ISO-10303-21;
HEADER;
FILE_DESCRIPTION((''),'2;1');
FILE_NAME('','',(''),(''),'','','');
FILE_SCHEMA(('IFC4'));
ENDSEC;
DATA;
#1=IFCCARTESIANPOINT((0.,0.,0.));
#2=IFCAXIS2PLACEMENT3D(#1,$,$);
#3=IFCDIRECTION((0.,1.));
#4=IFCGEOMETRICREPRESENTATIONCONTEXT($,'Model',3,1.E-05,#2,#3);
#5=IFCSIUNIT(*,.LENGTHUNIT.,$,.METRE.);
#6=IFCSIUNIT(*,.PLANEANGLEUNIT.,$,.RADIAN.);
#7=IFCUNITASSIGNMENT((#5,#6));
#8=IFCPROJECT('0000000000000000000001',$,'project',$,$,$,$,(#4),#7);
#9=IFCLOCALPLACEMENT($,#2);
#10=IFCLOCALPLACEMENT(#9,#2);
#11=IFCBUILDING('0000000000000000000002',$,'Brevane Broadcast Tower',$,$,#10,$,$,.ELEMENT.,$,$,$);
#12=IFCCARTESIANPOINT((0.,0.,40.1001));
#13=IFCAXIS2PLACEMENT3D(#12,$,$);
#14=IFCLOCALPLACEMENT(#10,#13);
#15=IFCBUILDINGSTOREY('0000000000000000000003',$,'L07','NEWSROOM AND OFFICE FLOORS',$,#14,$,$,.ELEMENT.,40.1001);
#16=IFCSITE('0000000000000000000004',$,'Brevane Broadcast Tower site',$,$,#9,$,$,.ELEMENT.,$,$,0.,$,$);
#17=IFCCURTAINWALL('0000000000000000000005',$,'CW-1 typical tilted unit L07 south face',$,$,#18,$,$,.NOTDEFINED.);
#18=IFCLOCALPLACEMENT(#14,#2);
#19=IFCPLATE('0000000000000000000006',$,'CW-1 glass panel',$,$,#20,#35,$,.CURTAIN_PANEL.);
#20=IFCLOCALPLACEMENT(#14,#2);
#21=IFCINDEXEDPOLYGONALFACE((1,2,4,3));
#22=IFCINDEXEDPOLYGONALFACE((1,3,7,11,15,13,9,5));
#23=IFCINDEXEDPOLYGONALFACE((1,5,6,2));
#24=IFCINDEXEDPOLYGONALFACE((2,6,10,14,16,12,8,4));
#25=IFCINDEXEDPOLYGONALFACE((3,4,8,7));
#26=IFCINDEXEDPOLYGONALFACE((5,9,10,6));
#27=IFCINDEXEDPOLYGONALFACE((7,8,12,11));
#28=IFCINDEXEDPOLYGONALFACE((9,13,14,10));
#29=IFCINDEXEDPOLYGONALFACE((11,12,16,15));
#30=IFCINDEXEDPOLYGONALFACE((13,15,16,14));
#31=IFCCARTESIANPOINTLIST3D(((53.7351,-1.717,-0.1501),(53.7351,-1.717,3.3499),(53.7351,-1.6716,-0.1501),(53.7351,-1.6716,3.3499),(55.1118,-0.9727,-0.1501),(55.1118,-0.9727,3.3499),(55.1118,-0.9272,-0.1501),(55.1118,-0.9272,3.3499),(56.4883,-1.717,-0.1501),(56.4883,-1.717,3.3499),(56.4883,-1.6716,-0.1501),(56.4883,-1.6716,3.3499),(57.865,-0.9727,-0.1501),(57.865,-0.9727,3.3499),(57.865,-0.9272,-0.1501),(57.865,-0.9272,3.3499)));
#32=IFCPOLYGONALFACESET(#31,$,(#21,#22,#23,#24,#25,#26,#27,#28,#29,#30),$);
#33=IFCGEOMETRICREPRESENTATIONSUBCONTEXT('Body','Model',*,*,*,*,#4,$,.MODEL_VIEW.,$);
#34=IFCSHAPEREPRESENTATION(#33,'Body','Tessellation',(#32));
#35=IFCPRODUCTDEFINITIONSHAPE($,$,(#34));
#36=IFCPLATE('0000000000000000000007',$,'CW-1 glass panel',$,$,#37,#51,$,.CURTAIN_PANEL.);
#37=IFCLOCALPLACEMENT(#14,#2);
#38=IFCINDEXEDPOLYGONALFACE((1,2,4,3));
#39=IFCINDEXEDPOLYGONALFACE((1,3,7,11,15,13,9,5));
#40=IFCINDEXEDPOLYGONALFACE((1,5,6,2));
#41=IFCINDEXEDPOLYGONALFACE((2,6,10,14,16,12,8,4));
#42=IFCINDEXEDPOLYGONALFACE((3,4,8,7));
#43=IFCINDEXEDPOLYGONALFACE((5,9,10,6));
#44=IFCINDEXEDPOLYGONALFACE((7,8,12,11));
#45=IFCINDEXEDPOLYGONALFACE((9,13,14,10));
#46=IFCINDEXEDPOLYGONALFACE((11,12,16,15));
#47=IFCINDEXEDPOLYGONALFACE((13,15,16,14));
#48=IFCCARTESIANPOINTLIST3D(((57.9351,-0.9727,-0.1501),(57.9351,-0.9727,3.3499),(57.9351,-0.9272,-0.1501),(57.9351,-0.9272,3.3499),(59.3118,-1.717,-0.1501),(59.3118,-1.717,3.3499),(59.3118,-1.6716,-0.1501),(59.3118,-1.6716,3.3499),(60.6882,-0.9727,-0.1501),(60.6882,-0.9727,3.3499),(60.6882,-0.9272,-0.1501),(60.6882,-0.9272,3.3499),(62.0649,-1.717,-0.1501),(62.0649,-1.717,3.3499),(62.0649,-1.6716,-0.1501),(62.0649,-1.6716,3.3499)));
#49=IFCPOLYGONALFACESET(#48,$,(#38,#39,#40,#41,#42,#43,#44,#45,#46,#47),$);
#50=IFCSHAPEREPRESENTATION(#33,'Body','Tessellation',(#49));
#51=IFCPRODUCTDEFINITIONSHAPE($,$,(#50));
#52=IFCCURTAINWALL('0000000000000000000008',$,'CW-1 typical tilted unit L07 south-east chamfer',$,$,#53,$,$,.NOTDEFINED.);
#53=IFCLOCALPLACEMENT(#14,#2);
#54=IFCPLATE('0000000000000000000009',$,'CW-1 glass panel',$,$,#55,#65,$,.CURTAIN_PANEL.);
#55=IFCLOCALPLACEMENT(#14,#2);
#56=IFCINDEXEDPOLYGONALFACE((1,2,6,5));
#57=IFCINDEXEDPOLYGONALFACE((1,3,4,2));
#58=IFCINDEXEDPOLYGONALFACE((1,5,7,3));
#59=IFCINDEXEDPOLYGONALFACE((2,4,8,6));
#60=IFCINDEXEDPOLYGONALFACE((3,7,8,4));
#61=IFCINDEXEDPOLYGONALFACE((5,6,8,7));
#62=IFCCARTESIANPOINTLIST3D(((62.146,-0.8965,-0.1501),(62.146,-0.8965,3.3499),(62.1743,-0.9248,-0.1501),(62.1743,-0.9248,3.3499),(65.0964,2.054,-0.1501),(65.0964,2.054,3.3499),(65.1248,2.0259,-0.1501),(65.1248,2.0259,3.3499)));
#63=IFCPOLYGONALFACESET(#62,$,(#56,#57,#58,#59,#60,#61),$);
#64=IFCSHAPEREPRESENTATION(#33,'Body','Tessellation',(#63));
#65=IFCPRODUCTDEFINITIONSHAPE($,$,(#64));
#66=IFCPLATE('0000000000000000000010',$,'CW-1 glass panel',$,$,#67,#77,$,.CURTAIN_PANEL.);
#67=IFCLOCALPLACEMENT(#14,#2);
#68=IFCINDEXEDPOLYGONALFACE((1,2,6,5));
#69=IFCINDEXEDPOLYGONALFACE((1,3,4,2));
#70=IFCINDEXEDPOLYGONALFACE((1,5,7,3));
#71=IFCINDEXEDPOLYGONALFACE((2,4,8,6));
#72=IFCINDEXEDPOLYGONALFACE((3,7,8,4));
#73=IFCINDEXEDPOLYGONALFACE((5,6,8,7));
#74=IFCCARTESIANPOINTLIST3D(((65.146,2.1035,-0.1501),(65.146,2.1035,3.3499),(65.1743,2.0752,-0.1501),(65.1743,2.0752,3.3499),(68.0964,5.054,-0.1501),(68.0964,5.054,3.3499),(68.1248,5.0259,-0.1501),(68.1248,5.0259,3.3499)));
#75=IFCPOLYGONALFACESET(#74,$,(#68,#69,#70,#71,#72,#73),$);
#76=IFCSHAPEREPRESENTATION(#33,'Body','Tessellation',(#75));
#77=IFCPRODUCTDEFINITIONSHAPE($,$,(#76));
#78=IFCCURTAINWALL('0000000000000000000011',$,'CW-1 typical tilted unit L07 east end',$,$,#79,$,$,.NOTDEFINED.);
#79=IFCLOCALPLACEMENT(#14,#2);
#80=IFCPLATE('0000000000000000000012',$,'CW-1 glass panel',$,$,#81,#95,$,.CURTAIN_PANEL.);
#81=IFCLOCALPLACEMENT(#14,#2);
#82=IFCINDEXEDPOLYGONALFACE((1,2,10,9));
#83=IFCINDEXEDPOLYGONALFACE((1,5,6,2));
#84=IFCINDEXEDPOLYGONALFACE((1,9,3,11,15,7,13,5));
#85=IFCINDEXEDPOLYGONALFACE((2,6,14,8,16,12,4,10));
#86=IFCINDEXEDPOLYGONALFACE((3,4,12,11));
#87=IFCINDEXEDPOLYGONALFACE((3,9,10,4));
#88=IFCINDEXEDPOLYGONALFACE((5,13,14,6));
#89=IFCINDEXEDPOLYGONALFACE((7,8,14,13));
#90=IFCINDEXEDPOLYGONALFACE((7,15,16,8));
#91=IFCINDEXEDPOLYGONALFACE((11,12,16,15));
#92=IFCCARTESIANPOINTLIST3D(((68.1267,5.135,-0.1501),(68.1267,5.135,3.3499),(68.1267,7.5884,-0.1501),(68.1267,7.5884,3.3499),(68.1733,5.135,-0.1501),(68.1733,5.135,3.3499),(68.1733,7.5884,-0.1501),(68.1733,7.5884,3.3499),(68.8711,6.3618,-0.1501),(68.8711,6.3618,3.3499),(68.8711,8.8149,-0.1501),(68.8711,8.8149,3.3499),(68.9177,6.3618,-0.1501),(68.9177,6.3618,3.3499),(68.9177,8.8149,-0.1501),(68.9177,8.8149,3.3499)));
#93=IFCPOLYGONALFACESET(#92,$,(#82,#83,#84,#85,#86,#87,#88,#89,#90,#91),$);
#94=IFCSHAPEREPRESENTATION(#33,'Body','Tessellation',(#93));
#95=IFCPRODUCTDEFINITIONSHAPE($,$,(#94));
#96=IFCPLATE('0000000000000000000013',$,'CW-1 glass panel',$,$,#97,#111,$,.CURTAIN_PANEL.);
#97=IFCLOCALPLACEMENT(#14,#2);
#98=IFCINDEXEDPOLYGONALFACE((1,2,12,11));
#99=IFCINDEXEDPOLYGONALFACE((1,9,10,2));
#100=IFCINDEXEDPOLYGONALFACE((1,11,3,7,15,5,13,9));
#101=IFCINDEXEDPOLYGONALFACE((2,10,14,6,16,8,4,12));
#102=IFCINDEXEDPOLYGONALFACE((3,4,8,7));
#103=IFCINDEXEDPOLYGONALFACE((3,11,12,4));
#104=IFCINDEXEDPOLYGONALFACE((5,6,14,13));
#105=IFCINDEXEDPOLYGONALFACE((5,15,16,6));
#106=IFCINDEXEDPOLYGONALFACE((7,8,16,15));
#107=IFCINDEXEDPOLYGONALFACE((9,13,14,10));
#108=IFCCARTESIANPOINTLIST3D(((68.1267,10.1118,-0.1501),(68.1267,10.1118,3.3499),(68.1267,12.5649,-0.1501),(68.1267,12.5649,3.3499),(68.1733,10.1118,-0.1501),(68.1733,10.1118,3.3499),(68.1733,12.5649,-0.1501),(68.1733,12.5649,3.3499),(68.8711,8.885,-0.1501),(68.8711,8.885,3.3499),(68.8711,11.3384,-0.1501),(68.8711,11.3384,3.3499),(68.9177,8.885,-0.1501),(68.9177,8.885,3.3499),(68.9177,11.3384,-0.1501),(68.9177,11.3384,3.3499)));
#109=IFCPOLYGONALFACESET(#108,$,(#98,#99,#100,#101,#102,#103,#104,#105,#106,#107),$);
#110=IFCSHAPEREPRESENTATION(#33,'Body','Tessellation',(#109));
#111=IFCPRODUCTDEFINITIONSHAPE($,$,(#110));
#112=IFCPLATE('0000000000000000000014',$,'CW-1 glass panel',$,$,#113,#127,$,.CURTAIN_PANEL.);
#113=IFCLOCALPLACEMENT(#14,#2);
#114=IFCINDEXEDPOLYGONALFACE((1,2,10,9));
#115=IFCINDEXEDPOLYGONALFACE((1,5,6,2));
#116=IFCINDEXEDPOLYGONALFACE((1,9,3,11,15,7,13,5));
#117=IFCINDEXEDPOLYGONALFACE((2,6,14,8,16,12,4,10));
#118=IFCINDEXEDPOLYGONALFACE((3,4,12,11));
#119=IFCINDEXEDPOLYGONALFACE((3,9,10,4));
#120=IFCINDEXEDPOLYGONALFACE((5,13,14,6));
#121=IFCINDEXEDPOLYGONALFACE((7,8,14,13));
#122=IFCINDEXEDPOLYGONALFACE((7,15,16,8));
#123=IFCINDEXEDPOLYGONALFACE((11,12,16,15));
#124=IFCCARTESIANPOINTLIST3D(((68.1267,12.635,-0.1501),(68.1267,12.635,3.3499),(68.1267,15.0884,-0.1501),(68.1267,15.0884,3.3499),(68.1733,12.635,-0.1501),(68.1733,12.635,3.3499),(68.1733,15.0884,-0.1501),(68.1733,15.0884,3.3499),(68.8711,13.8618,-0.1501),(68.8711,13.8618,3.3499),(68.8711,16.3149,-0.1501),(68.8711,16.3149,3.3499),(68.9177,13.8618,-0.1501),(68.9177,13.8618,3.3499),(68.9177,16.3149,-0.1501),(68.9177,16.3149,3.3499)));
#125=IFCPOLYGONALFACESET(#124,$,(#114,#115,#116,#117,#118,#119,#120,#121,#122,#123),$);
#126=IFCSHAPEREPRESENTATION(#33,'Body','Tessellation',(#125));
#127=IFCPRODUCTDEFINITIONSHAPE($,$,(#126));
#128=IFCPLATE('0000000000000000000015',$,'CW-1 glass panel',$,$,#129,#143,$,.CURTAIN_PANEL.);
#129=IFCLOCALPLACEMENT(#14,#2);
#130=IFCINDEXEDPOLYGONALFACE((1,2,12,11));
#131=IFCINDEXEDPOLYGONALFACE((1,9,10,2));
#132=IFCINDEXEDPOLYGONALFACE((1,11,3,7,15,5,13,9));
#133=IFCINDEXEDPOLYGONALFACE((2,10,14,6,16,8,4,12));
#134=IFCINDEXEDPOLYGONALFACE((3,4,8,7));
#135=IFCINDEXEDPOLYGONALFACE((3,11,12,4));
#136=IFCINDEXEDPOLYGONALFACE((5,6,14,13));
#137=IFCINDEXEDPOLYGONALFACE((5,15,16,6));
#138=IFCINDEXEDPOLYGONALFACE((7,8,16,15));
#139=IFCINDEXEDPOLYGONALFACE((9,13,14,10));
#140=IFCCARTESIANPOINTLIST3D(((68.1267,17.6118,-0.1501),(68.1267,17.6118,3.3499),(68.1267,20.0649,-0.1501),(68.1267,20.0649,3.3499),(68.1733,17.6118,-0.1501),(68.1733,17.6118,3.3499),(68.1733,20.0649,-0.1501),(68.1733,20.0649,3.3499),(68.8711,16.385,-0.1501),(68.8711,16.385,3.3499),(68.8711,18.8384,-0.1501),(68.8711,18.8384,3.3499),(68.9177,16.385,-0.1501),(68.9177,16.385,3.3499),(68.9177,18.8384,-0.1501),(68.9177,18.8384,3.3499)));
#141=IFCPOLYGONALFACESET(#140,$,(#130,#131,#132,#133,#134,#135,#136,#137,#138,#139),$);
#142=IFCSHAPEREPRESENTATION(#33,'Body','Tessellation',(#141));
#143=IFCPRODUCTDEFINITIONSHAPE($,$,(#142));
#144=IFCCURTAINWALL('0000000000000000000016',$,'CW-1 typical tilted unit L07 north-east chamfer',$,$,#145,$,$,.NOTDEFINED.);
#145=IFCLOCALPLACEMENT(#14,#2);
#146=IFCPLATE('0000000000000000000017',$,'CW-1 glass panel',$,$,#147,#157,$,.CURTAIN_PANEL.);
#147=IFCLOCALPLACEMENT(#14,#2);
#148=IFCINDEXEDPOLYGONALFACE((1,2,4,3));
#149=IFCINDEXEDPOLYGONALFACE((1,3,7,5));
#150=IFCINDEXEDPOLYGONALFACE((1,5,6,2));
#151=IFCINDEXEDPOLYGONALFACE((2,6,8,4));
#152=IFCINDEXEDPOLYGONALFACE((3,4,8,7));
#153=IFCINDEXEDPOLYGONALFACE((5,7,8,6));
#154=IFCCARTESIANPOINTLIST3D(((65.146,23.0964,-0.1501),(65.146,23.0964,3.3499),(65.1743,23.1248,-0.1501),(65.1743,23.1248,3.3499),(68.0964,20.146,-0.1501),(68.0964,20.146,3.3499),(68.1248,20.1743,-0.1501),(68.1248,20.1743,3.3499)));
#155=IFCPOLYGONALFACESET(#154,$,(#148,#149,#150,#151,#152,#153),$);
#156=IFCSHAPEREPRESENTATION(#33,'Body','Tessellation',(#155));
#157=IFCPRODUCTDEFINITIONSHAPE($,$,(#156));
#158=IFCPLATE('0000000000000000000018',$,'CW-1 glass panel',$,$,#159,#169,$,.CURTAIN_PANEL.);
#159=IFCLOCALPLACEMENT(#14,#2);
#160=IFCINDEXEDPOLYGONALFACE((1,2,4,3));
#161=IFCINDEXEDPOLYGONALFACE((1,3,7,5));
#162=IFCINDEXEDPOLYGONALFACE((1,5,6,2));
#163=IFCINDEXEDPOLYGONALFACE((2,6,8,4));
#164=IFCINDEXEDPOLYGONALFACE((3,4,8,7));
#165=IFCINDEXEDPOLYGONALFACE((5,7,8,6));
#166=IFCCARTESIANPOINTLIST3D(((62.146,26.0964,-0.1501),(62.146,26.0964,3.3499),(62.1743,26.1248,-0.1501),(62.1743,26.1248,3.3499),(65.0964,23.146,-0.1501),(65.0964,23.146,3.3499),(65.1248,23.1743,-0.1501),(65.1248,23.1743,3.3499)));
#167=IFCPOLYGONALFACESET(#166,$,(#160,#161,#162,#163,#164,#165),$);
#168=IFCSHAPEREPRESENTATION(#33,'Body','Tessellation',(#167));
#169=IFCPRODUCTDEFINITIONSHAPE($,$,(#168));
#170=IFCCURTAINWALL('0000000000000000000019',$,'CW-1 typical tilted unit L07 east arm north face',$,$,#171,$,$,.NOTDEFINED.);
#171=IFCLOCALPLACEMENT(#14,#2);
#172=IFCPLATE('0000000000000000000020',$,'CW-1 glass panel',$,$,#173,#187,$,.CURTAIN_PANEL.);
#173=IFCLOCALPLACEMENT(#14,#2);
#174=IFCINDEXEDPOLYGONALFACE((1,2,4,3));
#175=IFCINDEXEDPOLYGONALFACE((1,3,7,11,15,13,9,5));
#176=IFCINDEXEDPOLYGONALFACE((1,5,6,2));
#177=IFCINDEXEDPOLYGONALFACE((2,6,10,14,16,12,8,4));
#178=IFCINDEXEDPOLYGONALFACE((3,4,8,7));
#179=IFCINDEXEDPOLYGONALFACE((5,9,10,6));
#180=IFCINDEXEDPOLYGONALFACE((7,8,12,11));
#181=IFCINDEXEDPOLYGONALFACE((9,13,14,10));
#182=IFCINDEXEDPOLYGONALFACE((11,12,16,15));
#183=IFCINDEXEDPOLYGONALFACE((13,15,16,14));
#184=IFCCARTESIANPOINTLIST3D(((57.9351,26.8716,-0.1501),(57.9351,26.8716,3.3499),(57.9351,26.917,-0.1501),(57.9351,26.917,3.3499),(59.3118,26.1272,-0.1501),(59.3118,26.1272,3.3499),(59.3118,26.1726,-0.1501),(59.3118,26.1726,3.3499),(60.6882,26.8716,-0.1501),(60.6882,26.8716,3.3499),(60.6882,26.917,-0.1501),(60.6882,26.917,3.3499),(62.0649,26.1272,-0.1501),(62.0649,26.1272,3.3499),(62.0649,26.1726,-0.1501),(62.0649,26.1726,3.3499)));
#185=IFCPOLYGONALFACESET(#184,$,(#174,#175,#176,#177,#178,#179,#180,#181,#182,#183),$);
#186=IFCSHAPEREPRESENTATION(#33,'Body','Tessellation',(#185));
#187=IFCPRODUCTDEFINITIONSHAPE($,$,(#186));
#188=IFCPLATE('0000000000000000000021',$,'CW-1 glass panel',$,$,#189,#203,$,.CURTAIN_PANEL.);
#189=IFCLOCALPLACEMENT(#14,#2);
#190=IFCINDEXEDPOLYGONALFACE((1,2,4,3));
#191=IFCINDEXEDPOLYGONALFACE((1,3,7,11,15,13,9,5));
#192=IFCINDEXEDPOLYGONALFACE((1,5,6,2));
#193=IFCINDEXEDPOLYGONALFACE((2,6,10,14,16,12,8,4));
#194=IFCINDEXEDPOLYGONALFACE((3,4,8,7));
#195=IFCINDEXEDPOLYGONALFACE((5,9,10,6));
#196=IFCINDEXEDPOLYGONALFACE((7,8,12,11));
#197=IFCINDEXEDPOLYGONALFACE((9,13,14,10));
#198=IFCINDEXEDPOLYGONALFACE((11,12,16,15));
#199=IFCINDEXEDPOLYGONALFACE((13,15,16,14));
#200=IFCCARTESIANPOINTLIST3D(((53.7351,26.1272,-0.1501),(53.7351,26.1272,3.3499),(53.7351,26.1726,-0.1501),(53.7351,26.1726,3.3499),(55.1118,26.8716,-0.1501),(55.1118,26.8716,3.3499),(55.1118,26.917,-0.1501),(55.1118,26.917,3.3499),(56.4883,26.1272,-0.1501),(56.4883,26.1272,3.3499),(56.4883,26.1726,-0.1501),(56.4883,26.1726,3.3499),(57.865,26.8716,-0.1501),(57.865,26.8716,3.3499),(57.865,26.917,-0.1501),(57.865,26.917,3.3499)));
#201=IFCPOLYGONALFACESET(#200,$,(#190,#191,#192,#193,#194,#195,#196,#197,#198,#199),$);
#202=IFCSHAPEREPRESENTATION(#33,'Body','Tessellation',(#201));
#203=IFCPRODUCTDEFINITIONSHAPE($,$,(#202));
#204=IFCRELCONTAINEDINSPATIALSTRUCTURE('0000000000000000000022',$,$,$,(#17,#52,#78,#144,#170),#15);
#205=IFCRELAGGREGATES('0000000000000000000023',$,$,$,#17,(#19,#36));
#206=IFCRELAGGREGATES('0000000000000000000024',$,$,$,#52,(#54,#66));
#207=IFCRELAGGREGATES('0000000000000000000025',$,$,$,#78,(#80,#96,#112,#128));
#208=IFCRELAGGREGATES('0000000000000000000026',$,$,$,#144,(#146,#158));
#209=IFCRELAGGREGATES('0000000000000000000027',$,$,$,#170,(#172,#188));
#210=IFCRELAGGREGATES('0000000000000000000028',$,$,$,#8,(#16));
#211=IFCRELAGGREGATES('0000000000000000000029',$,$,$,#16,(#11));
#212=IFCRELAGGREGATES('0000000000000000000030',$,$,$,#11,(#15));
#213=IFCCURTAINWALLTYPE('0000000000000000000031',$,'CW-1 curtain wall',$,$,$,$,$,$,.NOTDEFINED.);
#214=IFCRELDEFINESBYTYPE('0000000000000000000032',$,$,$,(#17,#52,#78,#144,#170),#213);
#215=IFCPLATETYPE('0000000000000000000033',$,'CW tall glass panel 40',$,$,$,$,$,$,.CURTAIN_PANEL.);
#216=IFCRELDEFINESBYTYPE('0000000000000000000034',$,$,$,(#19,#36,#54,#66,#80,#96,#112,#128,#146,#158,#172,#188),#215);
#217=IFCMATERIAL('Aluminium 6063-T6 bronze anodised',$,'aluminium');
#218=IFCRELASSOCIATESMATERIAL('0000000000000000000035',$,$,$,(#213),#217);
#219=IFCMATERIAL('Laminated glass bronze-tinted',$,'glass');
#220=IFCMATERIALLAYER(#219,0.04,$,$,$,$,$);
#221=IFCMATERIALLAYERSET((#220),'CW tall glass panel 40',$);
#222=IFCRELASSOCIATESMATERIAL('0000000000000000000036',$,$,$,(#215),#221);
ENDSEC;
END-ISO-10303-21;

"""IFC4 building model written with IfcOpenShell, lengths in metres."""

from ifc_helpers import new_model, si_unit, direction, frame, origin, place, context, subcontext, project, spatial, polyline, outline, extrude, material, layer, layer_set, type_object, element, aggregate, save


model = new_model("IFC4")

# Units and contexts
model_context = context("Model", 3, precision=1e-05, world=origin(), true_north=direction((0.0, 1.0)))
body_context = subcontext(model_context, "Body", "Model", "MODEL_VIEW")
ifc_project = project(units=[si_unit("LENGTHUNIT", "METRE"), si_unit("PLANEANGLEUNIT", "RADIAN")], contexts=[model_context])

# Site, building, storey
site_placement = place(None, origin())
site = spatial("IfcSite", under=ifc_project, at=site_placement, Name="Brevane Broadcast Tower site", CompositionType="ELEMENT", RefElevation=0.0)
building_placement = place(site_placement, origin())
building = spatial("IfcBuilding", under=site, at=building_placement, Name="Brevane Broadcast Tower", CompositionType="ELEMENT")
storey_placement = place(building_placement, frame((0.0, 0.0, 40.1001)))
storey = spatial("IfcBuildingStorey", under=building, at=storey_placement, Name="L07", Description="NEWSROOM AND OFFICE FLOORS", CompositionType="ELEMENT", Elevation=40.1001)

# Curtain walls, plates
ifc_material_1 = material(Name="Aluminium 6063-T6 bronze anodised", Category="aluminium")
curtain_wall_type = type_object("IfcCurtainWallType", Name="CW-1 curtain wall", PredefinedType="NOTDEFINED", material=ifc_material_1)
curtain_wall_1_placement = place(storey_placement, origin())
curtain_wall_1 = element("IfcCurtainWall", 1, at=curtain_wall_1_placement, inside=storey, type_object=curtain_wall_type, Name="CW-1 typical tilted unit L07 south face", PredefinedType="NOTDEFINED")
ifc_material_2 = material(Name="Laminated glass bronze-tinted", Category="glass")
ifc_layer = layer(ifc_material_2, 0.04)
ifc_layer_set = layer_set([ifc_layer], Name="CW tall glass panel 40")
plate_type = type_object("IfcPlateType", Name="CW tall glass panel 40", PredefinedType="CURTAIN_PANEL", material=ifc_layer_set)
plate_1_placement = place(storey_placement, frame((0.0, 0.0, -0.1501)))
plate_1 = element("IfcPlate", 2, at=plate_1_placement, type_object=plate_type, Name="CW-1 glass panel", PredefinedType="CURTAIN_PANEL", context=body_context, shape_type="SweptSolid", body=[
    extrude(outline(polyline([(53.7351, -1.6716), (53.7351, -1.717), (55.1118, -0.9727), (56.4883, -1.717), (57.865, -0.9727), (57.865, -0.9272), (56.4883, -1.6716), (55.1118, -0.9272), (53.7351, -1.6716)])), origin(), (0.0, 0.0, 1.0), 3.5),
])
plate_2_placement = place(storey_placement, frame((0.0, 0.0, -0.1501)))
plate_2 = element("IfcPlate", 3, at=plate_2_placement, type_object=plate_type, Name="CW-1 glass panel", PredefinedType="CURTAIN_PANEL", context=body_context, shape_type="SweptSolid", body=[
    extrude(outline(polyline([(57.9351, -0.9272), (57.9351, -0.9727), (59.3118, -1.717), (60.6882, -0.9727), (62.0649, -1.717), (62.0649, -1.6716), (60.6882, -0.9272), (59.3118, -1.6716), (57.9351, -0.9272)])), origin(), (0.0, 0.0, 1.0), 3.5),
])
aggregate(curtain_wall_1, [plate_1, plate_2])
curtain_wall_2_placement = place(storey_placement, origin())
curtain_wall_2 = element("IfcCurtainWall", 4, at=curtain_wall_2_placement, inside=storey, type_object=curtain_wall_type, Name="CW-1 typical tilted unit L07 south-east chamfer", PredefinedType="NOTDEFINED")
plate_3_placement = place(storey_placement, frame((0.0, 0.0, -0.1501)))
plate_3 = element("IfcPlate", 5, at=plate_3_placement, type_object=plate_type, Name="CW-1 glass panel", PredefinedType="CURTAIN_PANEL", context=body_context, shape_type="SweptSolid", body=[
    extrude(outline(polyline([(62.146, -0.8965), (65.0964, 2.054), (65.1248, 2.0259), (62.1743, -0.9248), (62.146, -0.8965)])), origin(), (0.0, 0.0, 1.0), 3.5),
])
plate_4_placement = place(storey_placement, frame((0.0, 0.0, -0.1501)))
plate_4 = element("IfcPlate", 6, at=plate_4_placement, type_object=plate_type, Name="CW-1 glass panel", PredefinedType="CURTAIN_PANEL", context=body_context, shape_type="SweptSolid", body=[
    extrude(outline(polyline([(65.146, 2.1035), (68.0964, 5.054), (68.1248, 5.0259), (65.1743, 2.0752), (65.146, 2.1035)])), origin(), (0.0, 0.0, 1.0), 3.5),
])
aggregate(curtain_wall_2, [plate_3, plate_4])
curtain_wall_3_placement = place(storey_placement, origin())
curtain_wall_3 = element("IfcCurtainWall", 7, at=curtain_wall_3_placement, inside=storey, type_object=curtain_wall_type, Name="CW-1 typical tilted unit L07 east end", PredefinedType="NOTDEFINED")
plate_5_placement = place(storey_placement, frame((0.0, 0.0, -0.1501)))
plate_5 = element("IfcPlate", 8, at=plate_5_placement, type_object=plate_type, Name="CW-1 glass panel", PredefinedType="CURTAIN_PANEL", context=body_context, shape_type="SweptSolid", body=[
    extrude(outline(polyline([(68.1267, 5.135), (68.1733, 5.135), (68.9177, 6.3618), (68.1733, 7.5884), (68.9177, 8.8149), (68.8711, 8.8149), (68.1267, 7.5884), (68.8711, 6.3618), (68.1267, 5.135)])), origin(), (0.0, 0.0, 1.0), 3.5),
])
plate_6_placement = place(storey_placement, frame((0.0, 0.0, -0.1501)))
plate_6 = element("IfcPlate", 9, at=plate_6_placement, type_object=plate_type, Name="CW-1 glass panel", PredefinedType="CURTAIN_PANEL", context=body_context, shape_type="SweptSolid", body=[
    extrude(outline(polyline([(68.8711, 8.885), (68.9177, 8.885), (68.1733, 10.1118), (68.9177, 11.3384), (68.1733, 12.5649), (68.1267, 12.5649), (68.8711, 11.3384), (68.1267, 10.1118), (68.8711, 8.885)])), origin(), (0.0, 0.0, 1.0), 3.5),
])
plate_7_placement = place(storey_placement, frame((0.0, 0.0, -0.1501)))
plate_7 = element("IfcPlate", 10, at=plate_7_placement, type_object=plate_type, Name="CW-1 glass panel", PredefinedType="CURTAIN_PANEL", context=body_context, shape_type="SweptSolid", body=[
    extrude(outline(polyline([(68.1267, 12.635), (68.1733, 12.635), (68.9177, 13.8618), (68.1733, 15.0884), (68.9177, 16.3149), (68.8711, 16.3149), (68.1267, 15.0884), (68.8711, 13.8618), (68.1267, 12.635)])), origin(), (0.0, 0.0, 1.0), 3.5),
])
plate_8_placement = place(storey_placement, frame((0.0, 0.0, -0.1501)))
plate_8 = element("IfcPlate", 11, at=plate_8_placement, type_object=plate_type, Name="CW-1 glass panel", PredefinedType="CURTAIN_PANEL", context=body_context, shape_type="SweptSolid", body=[
    extrude(outline(polyline([(68.8711, 16.385), (68.9177, 16.385), (68.1733, 17.6118), (68.9177, 18.8384), (68.1733, 20.0649), (68.1267, 20.0649), (68.8711, 18.8384), (68.1267, 17.6118), (68.8711, 16.385)])), origin(), (0.0, 0.0, 1.0), 3.5),
])
aggregate(curtain_wall_3, [plate_5, plate_6, plate_7, plate_8])
curtain_wall_4_placement = place(storey_placement, origin())
curtain_wall_4 = element("IfcCurtainWall", 12, at=curtain_wall_4_placement, inside=storey, type_object=curtain_wall_type, Name="CW-1 typical tilted unit L07 north-east chamfer", PredefinedType="NOTDEFINED")
plate_9_placement = place(storey_placement, frame((0.0, 0.0, -0.1501)))
plate_9 = element("IfcPlate", 13, at=plate_9_placement, type_object=plate_type, Name="CW-1 glass panel", PredefinedType="CURTAIN_PANEL", context=body_context, shape_type="SweptSolid", body=[
    extrude(outline(polyline([(68.0964, 20.146), (65.146, 23.0964), (65.1743, 23.1248), (68.1248, 20.1743), (68.0964, 20.146)])), origin(), (0.0, 0.0, 1.0), 3.5),
])
plate_10_placement = place(storey_placement, frame((0.0, 0.0, -0.1501)))
plate_10 = element("IfcPlate", 14, at=plate_10_placement, type_object=plate_type, Name="CW-1 glass panel", PredefinedType="CURTAIN_PANEL", context=body_context, shape_type="SweptSolid", body=[
    extrude(outline(polyline([(65.0964, 23.146), (62.146, 26.0964), (62.1743, 26.1248), (65.1248, 23.1743), (65.0964, 23.146)])), origin(), (0.0, 0.0, 1.0), 3.5),
])
aggregate(curtain_wall_4, [plate_9, plate_10])
curtain_wall_5_placement = place(storey_placement, origin())
curtain_wall_5 = element("IfcCurtainWall", 15, at=curtain_wall_5_placement, inside=storey, type_object=curtain_wall_type, Name="CW-1 typical tilted unit L07 east arm north face", PredefinedType="NOTDEFINED")
plate_11_placement = place(storey_placement, frame((0.0, 0.0, -0.1501)))
plate_11 = element("IfcPlate", 16, at=plate_11_placement, type_object=plate_type, Name="CW-1 glass panel", PredefinedType="CURTAIN_PANEL", context=body_context, shape_type="SweptSolid", body=[
    extrude(outline(polyline([(62.0649, 26.1272), (62.0649, 26.1726), (60.6882, 26.917), (59.3118, 26.1726), (57.9351, 26.917), (57.9351, 26.8716), (59.3118, 26.1272), (60.6882, 26.8716), (62.0649, 26.1272)])), origin(), (0.0, 0.0, 1.0), 3.5),
])
plate_12_placement = place(storey_placement, frame((0.0, 0.0, -0.1501)))
plate_12 = element("IfcPlate", 17, at=plate_12_placement, type_object=plate_type, Name="CW-1 glass panel", PredefinedType="CURTAIN_PANEL", context=body_context, shape_type="SweptSolid", body=[
    extrude(outline(polyline([(57.865, 26.8716), (57.865, 26.917), (56.4883, 26.1726), (55.1118, 26.917), (53.7351, 26.1726), (53.7351, 26.1272), (55.1118, 26.8716), (56.4883, 26.1272), (57.865, 26.8716)])), origin(), (0.0, 0.0, 1.0), 3.5),
])
aggregate(curtain_wall_5, [plate_11, plate_12])

save(model, "model.ifc")
